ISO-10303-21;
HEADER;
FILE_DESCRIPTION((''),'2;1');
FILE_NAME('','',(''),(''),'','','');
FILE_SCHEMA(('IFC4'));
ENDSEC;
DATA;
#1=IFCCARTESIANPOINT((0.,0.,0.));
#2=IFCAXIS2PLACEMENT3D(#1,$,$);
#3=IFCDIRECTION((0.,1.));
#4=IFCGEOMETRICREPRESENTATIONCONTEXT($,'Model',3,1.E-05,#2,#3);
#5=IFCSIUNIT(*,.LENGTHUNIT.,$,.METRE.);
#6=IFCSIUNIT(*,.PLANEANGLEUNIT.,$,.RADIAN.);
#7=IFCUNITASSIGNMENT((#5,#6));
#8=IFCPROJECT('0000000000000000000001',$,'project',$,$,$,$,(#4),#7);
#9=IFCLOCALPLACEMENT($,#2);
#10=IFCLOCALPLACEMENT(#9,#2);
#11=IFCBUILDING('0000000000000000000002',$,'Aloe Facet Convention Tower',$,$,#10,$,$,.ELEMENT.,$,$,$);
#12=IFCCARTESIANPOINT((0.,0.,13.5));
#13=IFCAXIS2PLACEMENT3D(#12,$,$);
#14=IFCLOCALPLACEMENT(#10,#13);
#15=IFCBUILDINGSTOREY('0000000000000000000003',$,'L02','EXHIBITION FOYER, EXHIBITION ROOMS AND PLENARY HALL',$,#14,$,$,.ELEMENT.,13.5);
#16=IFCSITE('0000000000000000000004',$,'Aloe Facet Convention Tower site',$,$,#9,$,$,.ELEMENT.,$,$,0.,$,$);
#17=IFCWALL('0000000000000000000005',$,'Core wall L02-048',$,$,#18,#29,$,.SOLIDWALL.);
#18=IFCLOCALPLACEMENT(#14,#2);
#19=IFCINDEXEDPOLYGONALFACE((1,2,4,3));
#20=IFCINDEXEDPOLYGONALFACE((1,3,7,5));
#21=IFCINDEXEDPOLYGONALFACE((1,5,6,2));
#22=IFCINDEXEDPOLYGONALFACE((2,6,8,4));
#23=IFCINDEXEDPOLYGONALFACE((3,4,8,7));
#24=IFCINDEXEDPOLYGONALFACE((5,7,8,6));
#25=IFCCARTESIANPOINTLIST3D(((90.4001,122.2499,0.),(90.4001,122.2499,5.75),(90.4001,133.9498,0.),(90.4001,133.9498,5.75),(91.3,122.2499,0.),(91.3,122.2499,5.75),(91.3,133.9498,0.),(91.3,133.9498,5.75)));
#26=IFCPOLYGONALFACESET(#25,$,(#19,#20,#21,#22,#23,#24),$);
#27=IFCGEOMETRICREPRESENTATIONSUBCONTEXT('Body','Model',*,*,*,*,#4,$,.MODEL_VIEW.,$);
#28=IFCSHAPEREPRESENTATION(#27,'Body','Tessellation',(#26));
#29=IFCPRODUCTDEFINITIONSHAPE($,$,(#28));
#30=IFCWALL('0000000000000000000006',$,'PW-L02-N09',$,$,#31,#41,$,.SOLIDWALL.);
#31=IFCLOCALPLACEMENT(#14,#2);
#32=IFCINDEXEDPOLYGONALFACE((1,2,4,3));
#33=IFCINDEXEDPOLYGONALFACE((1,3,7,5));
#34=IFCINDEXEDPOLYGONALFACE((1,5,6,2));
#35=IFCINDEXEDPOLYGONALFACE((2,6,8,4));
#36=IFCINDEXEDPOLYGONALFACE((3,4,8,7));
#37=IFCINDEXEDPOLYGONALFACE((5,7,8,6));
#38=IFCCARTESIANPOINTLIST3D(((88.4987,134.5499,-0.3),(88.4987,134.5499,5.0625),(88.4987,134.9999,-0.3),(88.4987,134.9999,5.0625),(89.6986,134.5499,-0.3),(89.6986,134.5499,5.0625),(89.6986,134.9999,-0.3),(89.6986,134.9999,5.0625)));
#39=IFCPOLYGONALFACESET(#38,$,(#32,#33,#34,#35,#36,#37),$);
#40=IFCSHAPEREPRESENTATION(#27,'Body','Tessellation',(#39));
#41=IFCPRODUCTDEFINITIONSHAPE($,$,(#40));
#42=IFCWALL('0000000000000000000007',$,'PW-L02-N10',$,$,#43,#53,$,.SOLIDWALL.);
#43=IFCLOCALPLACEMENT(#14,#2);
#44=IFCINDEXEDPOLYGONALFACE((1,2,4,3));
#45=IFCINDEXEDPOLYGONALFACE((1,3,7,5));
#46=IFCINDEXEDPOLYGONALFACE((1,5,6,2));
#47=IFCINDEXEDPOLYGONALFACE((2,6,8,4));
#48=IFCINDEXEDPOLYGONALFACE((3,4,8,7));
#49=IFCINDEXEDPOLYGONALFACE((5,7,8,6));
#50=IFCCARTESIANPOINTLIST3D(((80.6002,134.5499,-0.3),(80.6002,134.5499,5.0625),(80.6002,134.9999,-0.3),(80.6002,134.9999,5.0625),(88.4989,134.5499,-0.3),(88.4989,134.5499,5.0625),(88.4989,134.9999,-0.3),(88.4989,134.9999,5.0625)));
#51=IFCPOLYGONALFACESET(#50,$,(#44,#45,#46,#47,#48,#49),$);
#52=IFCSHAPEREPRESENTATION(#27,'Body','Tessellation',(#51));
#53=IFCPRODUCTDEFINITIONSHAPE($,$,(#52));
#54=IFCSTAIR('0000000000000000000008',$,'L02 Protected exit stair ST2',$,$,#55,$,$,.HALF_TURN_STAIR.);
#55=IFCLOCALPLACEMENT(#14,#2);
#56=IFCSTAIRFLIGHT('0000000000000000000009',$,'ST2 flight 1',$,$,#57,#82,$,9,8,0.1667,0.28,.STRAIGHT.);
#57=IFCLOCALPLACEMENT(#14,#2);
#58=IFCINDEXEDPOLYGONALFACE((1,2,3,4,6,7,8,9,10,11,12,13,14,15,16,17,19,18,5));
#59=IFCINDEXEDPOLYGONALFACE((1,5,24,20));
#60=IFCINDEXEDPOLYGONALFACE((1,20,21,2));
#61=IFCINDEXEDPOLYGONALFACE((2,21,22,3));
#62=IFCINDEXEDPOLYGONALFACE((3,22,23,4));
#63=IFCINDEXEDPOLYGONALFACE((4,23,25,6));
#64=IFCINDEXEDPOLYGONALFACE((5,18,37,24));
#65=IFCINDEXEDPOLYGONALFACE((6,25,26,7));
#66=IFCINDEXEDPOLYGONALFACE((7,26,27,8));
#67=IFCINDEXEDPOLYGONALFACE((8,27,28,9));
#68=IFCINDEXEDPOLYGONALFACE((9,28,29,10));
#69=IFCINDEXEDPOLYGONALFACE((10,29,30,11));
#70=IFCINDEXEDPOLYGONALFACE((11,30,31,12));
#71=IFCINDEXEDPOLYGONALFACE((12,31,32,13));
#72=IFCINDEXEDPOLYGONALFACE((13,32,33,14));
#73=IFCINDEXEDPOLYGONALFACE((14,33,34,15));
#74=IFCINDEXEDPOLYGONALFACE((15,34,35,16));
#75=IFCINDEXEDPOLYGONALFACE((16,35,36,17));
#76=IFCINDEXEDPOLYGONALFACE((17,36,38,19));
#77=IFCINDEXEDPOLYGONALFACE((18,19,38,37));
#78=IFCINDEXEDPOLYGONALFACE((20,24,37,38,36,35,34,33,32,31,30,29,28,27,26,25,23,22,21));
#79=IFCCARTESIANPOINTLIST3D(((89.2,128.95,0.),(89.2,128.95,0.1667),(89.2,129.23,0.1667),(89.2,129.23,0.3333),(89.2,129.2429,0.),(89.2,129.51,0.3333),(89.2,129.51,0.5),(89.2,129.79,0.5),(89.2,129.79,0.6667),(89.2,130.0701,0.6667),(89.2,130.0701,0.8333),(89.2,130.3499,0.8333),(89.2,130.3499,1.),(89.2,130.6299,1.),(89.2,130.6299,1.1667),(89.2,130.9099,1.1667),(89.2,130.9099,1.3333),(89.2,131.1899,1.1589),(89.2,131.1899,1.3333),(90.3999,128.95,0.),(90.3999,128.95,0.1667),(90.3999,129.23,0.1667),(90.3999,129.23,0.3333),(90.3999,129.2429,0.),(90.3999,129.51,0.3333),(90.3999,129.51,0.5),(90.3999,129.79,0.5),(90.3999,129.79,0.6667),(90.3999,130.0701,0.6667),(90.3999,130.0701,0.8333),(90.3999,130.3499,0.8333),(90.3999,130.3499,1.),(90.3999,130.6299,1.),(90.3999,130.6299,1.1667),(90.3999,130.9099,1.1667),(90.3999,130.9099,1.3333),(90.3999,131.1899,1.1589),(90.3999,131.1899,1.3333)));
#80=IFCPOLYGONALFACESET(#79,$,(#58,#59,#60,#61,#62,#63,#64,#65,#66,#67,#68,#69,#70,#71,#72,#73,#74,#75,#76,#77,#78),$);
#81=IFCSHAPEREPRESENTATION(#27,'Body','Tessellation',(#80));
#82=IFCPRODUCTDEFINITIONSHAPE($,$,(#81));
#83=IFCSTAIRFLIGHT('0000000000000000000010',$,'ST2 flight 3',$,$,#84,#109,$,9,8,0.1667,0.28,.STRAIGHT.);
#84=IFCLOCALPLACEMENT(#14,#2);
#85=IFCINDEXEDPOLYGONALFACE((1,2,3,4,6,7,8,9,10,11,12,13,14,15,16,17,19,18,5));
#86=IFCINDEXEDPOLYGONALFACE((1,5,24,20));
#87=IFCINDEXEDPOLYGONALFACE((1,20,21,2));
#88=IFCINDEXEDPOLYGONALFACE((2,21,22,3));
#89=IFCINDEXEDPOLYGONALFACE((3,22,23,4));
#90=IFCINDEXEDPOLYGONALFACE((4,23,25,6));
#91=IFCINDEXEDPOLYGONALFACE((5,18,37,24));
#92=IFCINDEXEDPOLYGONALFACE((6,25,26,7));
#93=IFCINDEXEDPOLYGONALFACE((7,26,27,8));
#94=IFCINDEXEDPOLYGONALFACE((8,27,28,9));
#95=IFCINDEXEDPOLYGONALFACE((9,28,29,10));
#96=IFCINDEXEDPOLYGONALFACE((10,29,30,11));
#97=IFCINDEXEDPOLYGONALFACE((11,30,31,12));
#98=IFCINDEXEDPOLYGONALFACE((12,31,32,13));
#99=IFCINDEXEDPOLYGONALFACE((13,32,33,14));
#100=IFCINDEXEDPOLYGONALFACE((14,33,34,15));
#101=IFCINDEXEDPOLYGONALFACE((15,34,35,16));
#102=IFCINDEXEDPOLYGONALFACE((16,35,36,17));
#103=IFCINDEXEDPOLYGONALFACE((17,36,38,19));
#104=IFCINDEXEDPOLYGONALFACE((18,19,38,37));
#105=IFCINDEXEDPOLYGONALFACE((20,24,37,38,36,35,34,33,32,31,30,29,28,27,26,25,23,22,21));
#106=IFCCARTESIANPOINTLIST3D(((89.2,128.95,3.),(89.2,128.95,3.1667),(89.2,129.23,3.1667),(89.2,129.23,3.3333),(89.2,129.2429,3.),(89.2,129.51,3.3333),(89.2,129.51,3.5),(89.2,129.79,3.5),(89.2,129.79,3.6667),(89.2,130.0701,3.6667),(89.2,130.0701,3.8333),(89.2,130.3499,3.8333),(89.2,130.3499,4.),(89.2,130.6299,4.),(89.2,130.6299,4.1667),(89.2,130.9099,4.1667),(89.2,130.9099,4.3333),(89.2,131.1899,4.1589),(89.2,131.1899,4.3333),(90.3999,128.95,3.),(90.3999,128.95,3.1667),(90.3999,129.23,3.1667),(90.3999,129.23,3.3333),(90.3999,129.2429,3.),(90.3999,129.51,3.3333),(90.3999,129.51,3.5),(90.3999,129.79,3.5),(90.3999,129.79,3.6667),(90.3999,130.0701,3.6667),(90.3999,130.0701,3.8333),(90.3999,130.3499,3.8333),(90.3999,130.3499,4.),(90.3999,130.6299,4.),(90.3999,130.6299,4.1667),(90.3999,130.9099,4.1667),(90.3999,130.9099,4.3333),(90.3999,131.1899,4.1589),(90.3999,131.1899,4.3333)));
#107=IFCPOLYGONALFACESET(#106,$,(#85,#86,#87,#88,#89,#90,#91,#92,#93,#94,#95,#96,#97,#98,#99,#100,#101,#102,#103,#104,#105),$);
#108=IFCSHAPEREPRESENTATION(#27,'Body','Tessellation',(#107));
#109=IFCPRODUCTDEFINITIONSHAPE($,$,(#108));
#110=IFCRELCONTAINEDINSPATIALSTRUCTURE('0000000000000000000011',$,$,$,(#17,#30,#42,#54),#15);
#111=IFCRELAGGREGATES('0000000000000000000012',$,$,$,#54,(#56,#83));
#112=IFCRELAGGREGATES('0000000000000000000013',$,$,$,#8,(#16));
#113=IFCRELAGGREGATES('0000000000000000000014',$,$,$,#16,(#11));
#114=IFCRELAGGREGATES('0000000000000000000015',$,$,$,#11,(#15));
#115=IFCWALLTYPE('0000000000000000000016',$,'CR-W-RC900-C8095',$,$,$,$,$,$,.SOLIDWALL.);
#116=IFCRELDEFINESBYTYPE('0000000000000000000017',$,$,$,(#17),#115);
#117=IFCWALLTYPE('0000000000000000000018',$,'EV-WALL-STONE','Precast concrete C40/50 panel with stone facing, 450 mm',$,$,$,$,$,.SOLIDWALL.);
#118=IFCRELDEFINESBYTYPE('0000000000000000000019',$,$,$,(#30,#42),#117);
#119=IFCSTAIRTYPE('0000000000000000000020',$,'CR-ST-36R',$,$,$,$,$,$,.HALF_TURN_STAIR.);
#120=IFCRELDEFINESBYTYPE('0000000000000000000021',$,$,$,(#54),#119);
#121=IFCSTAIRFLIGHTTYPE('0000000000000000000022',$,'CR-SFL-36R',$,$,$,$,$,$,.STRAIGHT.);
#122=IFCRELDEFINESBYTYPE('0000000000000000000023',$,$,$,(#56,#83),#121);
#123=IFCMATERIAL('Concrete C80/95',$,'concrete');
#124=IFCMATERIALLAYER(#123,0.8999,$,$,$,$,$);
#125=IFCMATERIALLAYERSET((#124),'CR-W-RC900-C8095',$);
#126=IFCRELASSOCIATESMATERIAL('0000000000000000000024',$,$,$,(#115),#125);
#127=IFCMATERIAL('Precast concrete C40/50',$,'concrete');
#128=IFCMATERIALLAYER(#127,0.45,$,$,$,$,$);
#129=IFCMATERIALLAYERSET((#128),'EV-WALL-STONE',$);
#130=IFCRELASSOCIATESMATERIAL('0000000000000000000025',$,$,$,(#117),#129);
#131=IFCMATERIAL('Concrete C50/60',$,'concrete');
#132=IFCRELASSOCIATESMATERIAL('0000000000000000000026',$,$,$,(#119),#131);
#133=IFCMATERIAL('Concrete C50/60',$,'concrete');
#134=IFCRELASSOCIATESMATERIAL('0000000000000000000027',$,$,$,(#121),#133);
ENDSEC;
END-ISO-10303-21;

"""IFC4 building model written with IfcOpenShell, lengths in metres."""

from ifc_helpers import new_model, si_unit, direction, frame, frame_2d, origin, place, context, subcontext, project, spatial, polyline, rectangle, outline, extrude, material, layer, layer_set, type_object, element, aggregate, save


model = new_model("IFC4")

# Units and contexts
model_context = context("Model", 3, precision=1e-05, world=origin(), true_north=direction((0.0, 1.0)))
body_context = subcontext(model_context, "Body", "Model", "MODEL_VIEW")
ifc_project = project(units=[si_unit("LENGTHUNIT", "METRE"), si_unit("PLANEANGLEUNIT", "RADIAN")], contexts=[model_context])

# Site, building, storey
site_placement = place(None, origin())
site = spatial("IfcSite", under=ifc_project, at=site_placement, Name="Aloe Facet Convention Tower site", CompositionType="ELEMENT", RefElevation=0.0)
building_placement = place(site_placement, origin())
building = spatial("IfcBuilding", under=site, at=building_placement, Name="Aloe Facet Convention Tower", CompositionType="ELEMENT")
storey_placement = place(building_placement, frame((0.0, 0.0, 13.5)))
storey = spatial("IfcBuildingStorey", under=building, at=storey_placement, Name="L02", Description="EXHIBITION FOYER, EXHIBITION ROOMS AND PLENARY HALL", CompositionType="ELEMENT", Elevation=13.5)

# Walls
ifc_material_1 = material(Name="Concrete C80/95", Category="concrete")
ifc_layer_1 = layer(ifc_material_1, 0.8999)
ifc_layer_set_1 = layer_set([ifc_layer_1], Name="CR-W-RC900-C8095")
wall_type_1 = type_object("IfcWallType", Name="CR-W-RC900-C8095", PredefinedType="SOLIDWALL", material=ifc_layer_set_1)
wall_1_placement = place(storey_placement, frame((90.8501, 133.95, 0.0), z_axis=(0.0, 0.0, 1.0), x_axis=(0.0, -1.0, 0.0)))
element("IfcWall", 1, at=wall_1_placement, inside=storey, type_object=wall_type_1, Name="Core wall L02-048", PredefinedType="SOLIDWALL", context=body_context, shape_type="SweptSolid", body=[
    extrude(rectangle(XDim=11.7, YDim=0.8999, at=frame_2d((5.8501, 0.0))), origin(), (0.0, 0.0, 1.0), 5.75),
])
ifc_material_2 = material(Name="Precast concrete C40/50", Category="concrete")
ifc_layer_2 = layer(ifc_material_2, 0.45)
ifc_layer_set_2 = layer_set([ifc_layer_2], Name="EV-WALL-STONE")
wall_type_2 = type_object("IfcWallType", Name="EV-WALL-STONE", Description="Precast concrete C40/50 panel with stone facing, 450 mm", PredefinedType="SOLIDWALL", material=ifc_layer_set_2)
wall_2_placement = place(storey_placement, frame((89.6987, 134.7749, -0.3), z_axis=(0.0, 0.0, 1.0), x_axis=(-1.0, 0.0, 0.0)))
element("IfcWall", 2, at=wall_2_placement, inside=storey, type_object=wall_type_2, Name="PW-L02-N09", PredefinedType="SOLIDWALL", context=body_context, shape_type="SweptSolid", body=[
    extrude(rectangle(XDim=1.2, YDim=0.45, at=frame_2d((0.6001, 0.0))), origin(), (0.0, 0.0, 1.0), 5.3625),
])
wall_3_placement = place(storey_placement, frame((88.4988, 134.7749, -0.3), z_axis=(0.0, 0.0, 1.0), x_axis=(-1.0, 0.0, 0.0)))
element("IfcWall", 3, at=wall_3_placement, inside=storey, type_object=wall_type_2, Name="PW-L02-N10", PredefinedType="SOLIDWALL", context=body_context, shape_type="SweptSolid", body=[
    extrude(rectangle(XDim=7.8987, YDim=0.45, at=frame_2d((3.9492, 0.0))), origin(), (0.0, 0.0, 1.0), 5.3625),
])

# Stair, stair flights
ifc_material_3 = material(Name="Concrete C50/60", Category="concrete")
stair_type = type_object("IfcStairType", Name="CR-ST-36R", PredefinedType="HALF_TURN_STAIR", material=ifc_material_3)
stair_placement = place(storey_placement, origin())
stair = element("IfcStair", 4, at=stair_placement, inside=storey, type_object=stair_type, Name="L02 Protected exit stair ST2", PredefinedType="HALF_TURN_STAIR")
ifc_material_4 = material(Name="Concrete C50/60", Category="concrete")
stair_flight_type = type_object("IfcStairFlightType", Name="CR-SFL-36R", PredefinedType="STRAIGHT", material=ifc_material_4)
stair_flight_1_placement = place(storey_placement, frame((89.8, 128.95, 0.0), z_axis=(0.0, 0.0, 1.0), x_axis=(0.0, 1.0, 0.0)))
stair_flight_1 = element("IfcStairFlight", 5, at=stair_flight_1_placement, type_object=stair_flight_type, Name="ST2 flight 1", NumberOfRisers=9, NumberOfTreads=8, PredefinedType="STRAIGHT", RiserHeight=0.1667, TreadLength=0.28, context=body_context, shape_type="SweptSolid", body=[
    extrude(outline(polyline([(0.0, 0.0), (0.0, 0.1667), (0.28, 0.1667), (0.28, 0.3333), (0.5601, 0.3333), (0.5601, 0.5), (0.8401, 0.5), (0.8401, 0.6667), (1.1201, 0.6667), (1.1201, 0.8333), (1.3999, 0.8333), (1.3999, 1.0), (1.6799, 1.0), (1.6799, 1.1667), (1.96, 1.1667), (1.96, 1.3333), (2.24, 1.3333), (2.24, 1.5), (2.24, 1.1589), (0.293, 0.0), (0.0, 0.0)])), frame((0.0, 0.6001, 0.0), z_axis=(0.0, -1.0, 0.0), x_axis=(1.0, 0.0, 0.0)), (0.0, 0.0, 1.0), 1.2),
])
stair_flight_2_placement = place(storey_placement, frame((89.8, 128.95, 3.0), z_axis=(0.0, 0.0, 1.0), x_axis=(0.0, 1.0, 0.0)))
stair_flight_2 = element("IfcStairFlight", 6, at=stair_flight_2_placement, type_object=stair_flight_type, Name="ST2 flight 3", NumberOfRisers=9, NumberOfTreads=8, PredefinedType="STRAIGHT", RiserHeight=0.1667, TreadLength=0.28, context=body_context, shape_type="SweptSolid", body=[
    extrude(outline(polyline([(0.0, 0.0), (0.0, 0.1667), (0.28, 0.1667), (0.28, 0.3333), (0.5601, 0.3333), (0.5601, 0.5), (0.8401, 0.5), (0.8401, 0.6667), (1.1201, 0.6667), (1.1201, 0.8333), (1.3999, 0.8333), (1.3999, 1.0), (1.6799, 1.0), (1.6799, 1.1667), (1.96, 1.1667), (1.96, 1.3333), (2.24, 1.3333), (2.24, 1.5), (2.24, 1.1589), (0.293, 0.0), (0.0, 0.0)])), frame((0.0, 0.6001, 0.0), z_axis=(0.0, -1.0, 0.0), x_axis=(1.0, 0.0, 0.0)), (0.0, 0.0, 1.0), 1.2),
])
aggregate(stair, [stair_flight_1, stair_flight_2])

save(model, "model.ifc")
